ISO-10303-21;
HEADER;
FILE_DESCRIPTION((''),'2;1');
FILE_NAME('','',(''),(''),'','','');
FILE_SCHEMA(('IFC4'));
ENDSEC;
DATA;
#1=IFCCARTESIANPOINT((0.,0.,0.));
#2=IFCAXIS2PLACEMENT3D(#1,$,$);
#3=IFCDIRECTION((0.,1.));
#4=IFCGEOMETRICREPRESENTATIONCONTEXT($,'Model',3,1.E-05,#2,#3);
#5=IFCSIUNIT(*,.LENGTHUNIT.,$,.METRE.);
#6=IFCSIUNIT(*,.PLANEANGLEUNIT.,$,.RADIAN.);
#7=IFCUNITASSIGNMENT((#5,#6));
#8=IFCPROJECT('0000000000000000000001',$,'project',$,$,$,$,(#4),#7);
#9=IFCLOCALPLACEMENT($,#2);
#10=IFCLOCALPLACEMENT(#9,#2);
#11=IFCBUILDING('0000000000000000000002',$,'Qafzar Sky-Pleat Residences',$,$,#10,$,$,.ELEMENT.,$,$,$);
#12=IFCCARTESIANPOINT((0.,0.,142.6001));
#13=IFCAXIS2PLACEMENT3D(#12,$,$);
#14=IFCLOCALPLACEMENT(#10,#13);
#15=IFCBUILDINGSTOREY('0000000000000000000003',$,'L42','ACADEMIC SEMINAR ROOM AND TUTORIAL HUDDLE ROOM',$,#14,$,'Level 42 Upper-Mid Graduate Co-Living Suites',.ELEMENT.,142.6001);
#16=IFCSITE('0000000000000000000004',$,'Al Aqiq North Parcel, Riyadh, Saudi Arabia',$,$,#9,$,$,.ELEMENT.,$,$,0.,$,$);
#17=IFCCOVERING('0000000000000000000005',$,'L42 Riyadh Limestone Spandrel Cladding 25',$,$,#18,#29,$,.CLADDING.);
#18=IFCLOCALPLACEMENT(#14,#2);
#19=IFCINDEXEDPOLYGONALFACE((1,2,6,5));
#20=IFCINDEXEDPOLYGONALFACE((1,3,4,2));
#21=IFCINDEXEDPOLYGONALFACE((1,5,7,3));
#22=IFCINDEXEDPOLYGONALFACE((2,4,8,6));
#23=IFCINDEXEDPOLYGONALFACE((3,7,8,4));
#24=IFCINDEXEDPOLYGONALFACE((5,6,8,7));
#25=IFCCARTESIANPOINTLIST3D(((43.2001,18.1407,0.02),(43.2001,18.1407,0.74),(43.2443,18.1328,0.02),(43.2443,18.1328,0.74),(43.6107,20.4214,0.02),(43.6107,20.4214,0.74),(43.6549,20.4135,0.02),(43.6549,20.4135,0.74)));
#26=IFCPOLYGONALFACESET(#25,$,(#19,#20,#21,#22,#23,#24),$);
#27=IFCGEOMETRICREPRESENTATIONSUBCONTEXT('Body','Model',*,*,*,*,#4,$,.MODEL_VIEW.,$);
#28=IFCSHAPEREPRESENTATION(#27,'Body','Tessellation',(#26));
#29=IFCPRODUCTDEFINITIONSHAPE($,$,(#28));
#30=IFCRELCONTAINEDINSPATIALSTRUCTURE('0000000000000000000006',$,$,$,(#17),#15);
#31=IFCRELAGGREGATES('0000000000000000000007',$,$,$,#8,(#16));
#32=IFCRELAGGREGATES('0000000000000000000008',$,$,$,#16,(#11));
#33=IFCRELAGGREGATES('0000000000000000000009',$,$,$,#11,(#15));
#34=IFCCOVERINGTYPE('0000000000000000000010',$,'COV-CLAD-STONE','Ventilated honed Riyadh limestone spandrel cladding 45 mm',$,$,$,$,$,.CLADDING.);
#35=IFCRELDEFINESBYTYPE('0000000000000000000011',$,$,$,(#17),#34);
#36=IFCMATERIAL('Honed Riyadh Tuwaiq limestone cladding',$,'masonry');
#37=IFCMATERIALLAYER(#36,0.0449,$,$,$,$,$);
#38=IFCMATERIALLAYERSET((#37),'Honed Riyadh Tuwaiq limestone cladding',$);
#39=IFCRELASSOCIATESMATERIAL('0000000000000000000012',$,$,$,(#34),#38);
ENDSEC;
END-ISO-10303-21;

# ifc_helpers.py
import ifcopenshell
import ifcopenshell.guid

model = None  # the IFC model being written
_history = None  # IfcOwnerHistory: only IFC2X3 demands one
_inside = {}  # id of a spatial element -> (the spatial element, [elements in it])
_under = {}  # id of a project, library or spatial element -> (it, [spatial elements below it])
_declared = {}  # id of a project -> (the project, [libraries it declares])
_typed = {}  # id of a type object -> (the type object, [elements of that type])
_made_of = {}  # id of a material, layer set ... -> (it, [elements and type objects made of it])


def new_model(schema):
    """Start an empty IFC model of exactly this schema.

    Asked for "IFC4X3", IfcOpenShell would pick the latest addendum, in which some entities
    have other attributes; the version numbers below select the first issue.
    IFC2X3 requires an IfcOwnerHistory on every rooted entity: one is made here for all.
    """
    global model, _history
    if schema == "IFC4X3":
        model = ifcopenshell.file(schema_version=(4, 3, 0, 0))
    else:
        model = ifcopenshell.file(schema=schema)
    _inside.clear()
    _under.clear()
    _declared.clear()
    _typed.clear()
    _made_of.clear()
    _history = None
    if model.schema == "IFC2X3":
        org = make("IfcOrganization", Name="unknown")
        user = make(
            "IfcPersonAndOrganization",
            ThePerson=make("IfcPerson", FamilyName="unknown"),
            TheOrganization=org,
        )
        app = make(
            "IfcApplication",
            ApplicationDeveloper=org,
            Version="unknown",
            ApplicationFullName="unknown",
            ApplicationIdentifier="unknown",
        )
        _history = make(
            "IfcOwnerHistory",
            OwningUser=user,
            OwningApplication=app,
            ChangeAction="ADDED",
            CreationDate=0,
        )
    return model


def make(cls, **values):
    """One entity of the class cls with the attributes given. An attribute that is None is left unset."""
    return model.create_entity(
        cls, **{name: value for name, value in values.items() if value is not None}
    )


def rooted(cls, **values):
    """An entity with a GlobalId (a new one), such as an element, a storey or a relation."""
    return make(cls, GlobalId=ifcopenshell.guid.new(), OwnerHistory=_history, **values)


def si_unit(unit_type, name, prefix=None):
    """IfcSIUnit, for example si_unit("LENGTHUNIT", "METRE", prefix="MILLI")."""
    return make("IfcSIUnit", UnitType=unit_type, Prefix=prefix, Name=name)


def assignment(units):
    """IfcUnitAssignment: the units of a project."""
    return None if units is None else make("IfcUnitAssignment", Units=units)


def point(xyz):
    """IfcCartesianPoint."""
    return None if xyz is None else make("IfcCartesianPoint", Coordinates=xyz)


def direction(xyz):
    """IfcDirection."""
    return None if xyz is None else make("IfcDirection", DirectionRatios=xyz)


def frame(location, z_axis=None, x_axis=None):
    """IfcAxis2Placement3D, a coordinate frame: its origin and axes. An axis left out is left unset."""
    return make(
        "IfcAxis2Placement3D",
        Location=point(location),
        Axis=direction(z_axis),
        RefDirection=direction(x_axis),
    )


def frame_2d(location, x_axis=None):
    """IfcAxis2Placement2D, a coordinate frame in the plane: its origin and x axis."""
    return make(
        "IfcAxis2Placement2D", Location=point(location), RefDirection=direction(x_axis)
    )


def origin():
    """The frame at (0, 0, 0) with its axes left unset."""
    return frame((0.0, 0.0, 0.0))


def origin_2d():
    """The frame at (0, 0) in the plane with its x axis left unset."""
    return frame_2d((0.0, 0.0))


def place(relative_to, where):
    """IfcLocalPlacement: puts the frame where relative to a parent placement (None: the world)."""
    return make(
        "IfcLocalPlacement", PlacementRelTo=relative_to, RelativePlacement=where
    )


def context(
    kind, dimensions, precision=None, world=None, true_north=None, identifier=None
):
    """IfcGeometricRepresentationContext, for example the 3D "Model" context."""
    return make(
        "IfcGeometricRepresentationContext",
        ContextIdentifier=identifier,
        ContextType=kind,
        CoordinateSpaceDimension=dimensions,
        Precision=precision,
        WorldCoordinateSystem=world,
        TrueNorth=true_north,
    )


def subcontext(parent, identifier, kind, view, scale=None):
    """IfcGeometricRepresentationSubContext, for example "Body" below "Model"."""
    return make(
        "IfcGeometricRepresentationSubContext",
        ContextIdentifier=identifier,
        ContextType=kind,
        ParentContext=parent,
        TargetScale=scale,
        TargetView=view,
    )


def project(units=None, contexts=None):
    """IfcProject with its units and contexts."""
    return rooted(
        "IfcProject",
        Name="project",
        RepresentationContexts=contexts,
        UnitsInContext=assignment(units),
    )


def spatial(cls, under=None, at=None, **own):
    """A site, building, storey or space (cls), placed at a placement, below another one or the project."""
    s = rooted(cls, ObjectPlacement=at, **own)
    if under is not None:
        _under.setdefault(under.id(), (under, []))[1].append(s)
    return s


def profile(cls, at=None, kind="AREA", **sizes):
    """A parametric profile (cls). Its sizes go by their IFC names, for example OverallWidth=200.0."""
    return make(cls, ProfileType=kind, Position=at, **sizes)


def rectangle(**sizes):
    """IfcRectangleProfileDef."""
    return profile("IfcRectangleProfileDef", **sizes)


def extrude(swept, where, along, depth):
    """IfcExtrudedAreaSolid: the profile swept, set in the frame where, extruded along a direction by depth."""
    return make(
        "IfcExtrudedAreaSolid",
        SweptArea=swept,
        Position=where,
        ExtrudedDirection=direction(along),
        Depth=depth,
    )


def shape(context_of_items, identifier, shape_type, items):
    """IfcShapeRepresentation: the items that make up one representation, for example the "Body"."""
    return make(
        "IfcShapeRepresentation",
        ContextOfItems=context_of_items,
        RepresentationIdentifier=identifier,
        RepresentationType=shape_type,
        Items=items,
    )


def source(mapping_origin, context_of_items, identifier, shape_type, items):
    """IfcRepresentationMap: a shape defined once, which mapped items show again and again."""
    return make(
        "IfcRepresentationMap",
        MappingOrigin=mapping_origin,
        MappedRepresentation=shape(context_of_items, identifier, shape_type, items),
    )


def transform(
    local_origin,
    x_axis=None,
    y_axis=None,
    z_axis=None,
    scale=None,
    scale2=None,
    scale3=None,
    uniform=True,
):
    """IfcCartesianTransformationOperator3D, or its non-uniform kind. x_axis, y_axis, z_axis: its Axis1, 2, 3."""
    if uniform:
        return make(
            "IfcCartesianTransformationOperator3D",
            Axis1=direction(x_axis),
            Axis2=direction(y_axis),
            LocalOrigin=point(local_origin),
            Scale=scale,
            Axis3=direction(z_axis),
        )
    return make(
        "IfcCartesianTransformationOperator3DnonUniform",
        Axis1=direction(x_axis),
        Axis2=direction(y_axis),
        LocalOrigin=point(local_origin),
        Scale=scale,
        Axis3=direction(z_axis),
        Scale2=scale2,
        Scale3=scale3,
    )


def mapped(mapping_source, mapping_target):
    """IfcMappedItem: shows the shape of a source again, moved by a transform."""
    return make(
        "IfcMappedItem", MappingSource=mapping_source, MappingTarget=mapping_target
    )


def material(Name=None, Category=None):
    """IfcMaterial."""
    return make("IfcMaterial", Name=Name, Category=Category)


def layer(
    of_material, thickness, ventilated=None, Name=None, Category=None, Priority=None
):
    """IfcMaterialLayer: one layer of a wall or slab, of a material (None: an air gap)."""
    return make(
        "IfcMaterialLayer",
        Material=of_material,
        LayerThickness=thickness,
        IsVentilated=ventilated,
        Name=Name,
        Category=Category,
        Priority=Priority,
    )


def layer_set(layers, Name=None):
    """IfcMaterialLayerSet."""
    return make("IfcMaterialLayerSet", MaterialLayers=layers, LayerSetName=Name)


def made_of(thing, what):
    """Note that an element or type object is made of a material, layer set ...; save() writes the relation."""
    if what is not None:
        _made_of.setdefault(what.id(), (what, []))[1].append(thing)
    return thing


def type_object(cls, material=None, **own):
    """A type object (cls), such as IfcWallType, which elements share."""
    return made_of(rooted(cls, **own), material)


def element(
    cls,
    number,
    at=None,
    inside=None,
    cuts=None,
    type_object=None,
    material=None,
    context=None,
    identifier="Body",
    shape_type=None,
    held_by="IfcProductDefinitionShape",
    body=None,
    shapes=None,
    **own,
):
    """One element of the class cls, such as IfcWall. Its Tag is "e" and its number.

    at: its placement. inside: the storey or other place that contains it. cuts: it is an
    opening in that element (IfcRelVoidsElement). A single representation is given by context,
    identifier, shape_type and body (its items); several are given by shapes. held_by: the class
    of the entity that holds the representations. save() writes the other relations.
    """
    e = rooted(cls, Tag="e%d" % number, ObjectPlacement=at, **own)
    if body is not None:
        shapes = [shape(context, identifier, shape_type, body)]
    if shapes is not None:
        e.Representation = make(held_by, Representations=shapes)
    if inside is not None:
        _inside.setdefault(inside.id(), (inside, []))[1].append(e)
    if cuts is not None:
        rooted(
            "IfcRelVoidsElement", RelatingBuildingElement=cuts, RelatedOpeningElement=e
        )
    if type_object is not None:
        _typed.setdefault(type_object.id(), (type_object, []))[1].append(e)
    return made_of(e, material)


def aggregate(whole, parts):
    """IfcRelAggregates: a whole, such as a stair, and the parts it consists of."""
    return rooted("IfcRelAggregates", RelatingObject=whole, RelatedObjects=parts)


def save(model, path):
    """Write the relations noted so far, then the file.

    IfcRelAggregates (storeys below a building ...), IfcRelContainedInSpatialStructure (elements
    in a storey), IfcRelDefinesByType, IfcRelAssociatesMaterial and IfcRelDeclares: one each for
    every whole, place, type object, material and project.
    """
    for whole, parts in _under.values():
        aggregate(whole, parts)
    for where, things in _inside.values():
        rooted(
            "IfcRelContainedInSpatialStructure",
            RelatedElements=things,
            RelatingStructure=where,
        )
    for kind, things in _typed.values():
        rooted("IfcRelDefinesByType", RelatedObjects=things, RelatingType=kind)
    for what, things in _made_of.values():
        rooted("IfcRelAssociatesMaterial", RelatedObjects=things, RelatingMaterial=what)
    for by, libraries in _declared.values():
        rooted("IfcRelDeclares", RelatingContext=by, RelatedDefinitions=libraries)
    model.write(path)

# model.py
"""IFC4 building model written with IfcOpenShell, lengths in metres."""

from ifc_helpers import new_model, si_unit, direction, frame, origin, origin_2d, place, context, subcontext, project, spatial, rectangle, extrude, source, transform, mapped, material, layer, layer_set, type_object, element, save


model = new_model("IFC4")

# Units and contexts
model_context = context("Model", 3, precision=1e-05, world=origin(), true_north=direction((0.0, 1.0)))
body_context = subcontext(model_context, "Body", "Model", "MODEL_VIEW")
ifc_project = project(units=[si_unit("LENGTHUNIT", "METRE"), si_unit("PLANEANGLEUNIT", "RADIAN")], contexts=[model_context])

# Site, building, storey
site_placement = place(None, origin())
site = spatial("IfcSite", under=ifc_project, at=site_placement, Name="Al Aqiq North Parcel, Riyadh, Saudi Arabia", CompositionType="ELEMENT", RefElevation=0.0)
building_placement = place(site_placement, origin())
building = spatial("IfcBuilding", under=site, at=building_placement, Name="Qafzar Sky-Pleat Residences", CompositionType="ELEMENT")
storey_placement = place(building_placement, frame((0.0, 0.0, 142.6001)))
storey = spatial("IfcBuildingStorey", under=building, at=storey_placement, Name="L42", Description="ACADEMIC SEMINAR ROOM AND TUTORIAL HUDDLE ROOM", LongName="Level 42 Upper-Mid Graduate Co-Living Suites", CompositionType="ELEMENT", Elevation=142.6001)

# Shared definitions
ifc_material_1 = material(Name="Honed Riyadh Tuwaiq limestone cladding", Category="masonry")
ifc_layer_1 = layer(ifc_material_1, 0.0449)
ifc_layer_set_1 = layer_set([ifc_layer_1], Name="Honed Riyadh Tuwaiq limestone cladding")
covering_type = type_object("IfcCoveringType", Name="COV-CLAD-STONE", Description="Ventilated honed Riyadh limestone spandrel cladding 45 mm", PredefinedType="CLADDING", material=ifc_layer_set_1)

# Covering
shared_shape_1 = source(origin(), body_context, "Body", "SweptSolid", [
    extrude(rectangle(XDim=2.3174, YDim=0.0449, at=origin_2d()), origin(), (0.0, 0.0, 1.0), 0.72),
])
covering_1_placement = place(storey_placement, frame((43.4275, 19.2771, 0.02), z_axis=(0.0, 0.0, 1.0), x_axis=(0.177176, 0.984179, 0.0)))
element("IfcCovering", 1, at=covering_1_placement, inside=storey, type_object=covering_type, Name="L42 Riyadh Limestone Spandrel Cladding 25", PredefinedType="CLADDING", context=body_context, shape_type="MappedRepresentation", body=[
    mapped(shared_shape_1, transform((0.0, 0.0, 0.0), x_axis=(1.0, 0.0, 0.0), y_axis=(0.0, 1.0, 0.0), z_axis=(0.0, 0.0, 1.0), scale=1.0)),
])

save(model, "model.ifc")
